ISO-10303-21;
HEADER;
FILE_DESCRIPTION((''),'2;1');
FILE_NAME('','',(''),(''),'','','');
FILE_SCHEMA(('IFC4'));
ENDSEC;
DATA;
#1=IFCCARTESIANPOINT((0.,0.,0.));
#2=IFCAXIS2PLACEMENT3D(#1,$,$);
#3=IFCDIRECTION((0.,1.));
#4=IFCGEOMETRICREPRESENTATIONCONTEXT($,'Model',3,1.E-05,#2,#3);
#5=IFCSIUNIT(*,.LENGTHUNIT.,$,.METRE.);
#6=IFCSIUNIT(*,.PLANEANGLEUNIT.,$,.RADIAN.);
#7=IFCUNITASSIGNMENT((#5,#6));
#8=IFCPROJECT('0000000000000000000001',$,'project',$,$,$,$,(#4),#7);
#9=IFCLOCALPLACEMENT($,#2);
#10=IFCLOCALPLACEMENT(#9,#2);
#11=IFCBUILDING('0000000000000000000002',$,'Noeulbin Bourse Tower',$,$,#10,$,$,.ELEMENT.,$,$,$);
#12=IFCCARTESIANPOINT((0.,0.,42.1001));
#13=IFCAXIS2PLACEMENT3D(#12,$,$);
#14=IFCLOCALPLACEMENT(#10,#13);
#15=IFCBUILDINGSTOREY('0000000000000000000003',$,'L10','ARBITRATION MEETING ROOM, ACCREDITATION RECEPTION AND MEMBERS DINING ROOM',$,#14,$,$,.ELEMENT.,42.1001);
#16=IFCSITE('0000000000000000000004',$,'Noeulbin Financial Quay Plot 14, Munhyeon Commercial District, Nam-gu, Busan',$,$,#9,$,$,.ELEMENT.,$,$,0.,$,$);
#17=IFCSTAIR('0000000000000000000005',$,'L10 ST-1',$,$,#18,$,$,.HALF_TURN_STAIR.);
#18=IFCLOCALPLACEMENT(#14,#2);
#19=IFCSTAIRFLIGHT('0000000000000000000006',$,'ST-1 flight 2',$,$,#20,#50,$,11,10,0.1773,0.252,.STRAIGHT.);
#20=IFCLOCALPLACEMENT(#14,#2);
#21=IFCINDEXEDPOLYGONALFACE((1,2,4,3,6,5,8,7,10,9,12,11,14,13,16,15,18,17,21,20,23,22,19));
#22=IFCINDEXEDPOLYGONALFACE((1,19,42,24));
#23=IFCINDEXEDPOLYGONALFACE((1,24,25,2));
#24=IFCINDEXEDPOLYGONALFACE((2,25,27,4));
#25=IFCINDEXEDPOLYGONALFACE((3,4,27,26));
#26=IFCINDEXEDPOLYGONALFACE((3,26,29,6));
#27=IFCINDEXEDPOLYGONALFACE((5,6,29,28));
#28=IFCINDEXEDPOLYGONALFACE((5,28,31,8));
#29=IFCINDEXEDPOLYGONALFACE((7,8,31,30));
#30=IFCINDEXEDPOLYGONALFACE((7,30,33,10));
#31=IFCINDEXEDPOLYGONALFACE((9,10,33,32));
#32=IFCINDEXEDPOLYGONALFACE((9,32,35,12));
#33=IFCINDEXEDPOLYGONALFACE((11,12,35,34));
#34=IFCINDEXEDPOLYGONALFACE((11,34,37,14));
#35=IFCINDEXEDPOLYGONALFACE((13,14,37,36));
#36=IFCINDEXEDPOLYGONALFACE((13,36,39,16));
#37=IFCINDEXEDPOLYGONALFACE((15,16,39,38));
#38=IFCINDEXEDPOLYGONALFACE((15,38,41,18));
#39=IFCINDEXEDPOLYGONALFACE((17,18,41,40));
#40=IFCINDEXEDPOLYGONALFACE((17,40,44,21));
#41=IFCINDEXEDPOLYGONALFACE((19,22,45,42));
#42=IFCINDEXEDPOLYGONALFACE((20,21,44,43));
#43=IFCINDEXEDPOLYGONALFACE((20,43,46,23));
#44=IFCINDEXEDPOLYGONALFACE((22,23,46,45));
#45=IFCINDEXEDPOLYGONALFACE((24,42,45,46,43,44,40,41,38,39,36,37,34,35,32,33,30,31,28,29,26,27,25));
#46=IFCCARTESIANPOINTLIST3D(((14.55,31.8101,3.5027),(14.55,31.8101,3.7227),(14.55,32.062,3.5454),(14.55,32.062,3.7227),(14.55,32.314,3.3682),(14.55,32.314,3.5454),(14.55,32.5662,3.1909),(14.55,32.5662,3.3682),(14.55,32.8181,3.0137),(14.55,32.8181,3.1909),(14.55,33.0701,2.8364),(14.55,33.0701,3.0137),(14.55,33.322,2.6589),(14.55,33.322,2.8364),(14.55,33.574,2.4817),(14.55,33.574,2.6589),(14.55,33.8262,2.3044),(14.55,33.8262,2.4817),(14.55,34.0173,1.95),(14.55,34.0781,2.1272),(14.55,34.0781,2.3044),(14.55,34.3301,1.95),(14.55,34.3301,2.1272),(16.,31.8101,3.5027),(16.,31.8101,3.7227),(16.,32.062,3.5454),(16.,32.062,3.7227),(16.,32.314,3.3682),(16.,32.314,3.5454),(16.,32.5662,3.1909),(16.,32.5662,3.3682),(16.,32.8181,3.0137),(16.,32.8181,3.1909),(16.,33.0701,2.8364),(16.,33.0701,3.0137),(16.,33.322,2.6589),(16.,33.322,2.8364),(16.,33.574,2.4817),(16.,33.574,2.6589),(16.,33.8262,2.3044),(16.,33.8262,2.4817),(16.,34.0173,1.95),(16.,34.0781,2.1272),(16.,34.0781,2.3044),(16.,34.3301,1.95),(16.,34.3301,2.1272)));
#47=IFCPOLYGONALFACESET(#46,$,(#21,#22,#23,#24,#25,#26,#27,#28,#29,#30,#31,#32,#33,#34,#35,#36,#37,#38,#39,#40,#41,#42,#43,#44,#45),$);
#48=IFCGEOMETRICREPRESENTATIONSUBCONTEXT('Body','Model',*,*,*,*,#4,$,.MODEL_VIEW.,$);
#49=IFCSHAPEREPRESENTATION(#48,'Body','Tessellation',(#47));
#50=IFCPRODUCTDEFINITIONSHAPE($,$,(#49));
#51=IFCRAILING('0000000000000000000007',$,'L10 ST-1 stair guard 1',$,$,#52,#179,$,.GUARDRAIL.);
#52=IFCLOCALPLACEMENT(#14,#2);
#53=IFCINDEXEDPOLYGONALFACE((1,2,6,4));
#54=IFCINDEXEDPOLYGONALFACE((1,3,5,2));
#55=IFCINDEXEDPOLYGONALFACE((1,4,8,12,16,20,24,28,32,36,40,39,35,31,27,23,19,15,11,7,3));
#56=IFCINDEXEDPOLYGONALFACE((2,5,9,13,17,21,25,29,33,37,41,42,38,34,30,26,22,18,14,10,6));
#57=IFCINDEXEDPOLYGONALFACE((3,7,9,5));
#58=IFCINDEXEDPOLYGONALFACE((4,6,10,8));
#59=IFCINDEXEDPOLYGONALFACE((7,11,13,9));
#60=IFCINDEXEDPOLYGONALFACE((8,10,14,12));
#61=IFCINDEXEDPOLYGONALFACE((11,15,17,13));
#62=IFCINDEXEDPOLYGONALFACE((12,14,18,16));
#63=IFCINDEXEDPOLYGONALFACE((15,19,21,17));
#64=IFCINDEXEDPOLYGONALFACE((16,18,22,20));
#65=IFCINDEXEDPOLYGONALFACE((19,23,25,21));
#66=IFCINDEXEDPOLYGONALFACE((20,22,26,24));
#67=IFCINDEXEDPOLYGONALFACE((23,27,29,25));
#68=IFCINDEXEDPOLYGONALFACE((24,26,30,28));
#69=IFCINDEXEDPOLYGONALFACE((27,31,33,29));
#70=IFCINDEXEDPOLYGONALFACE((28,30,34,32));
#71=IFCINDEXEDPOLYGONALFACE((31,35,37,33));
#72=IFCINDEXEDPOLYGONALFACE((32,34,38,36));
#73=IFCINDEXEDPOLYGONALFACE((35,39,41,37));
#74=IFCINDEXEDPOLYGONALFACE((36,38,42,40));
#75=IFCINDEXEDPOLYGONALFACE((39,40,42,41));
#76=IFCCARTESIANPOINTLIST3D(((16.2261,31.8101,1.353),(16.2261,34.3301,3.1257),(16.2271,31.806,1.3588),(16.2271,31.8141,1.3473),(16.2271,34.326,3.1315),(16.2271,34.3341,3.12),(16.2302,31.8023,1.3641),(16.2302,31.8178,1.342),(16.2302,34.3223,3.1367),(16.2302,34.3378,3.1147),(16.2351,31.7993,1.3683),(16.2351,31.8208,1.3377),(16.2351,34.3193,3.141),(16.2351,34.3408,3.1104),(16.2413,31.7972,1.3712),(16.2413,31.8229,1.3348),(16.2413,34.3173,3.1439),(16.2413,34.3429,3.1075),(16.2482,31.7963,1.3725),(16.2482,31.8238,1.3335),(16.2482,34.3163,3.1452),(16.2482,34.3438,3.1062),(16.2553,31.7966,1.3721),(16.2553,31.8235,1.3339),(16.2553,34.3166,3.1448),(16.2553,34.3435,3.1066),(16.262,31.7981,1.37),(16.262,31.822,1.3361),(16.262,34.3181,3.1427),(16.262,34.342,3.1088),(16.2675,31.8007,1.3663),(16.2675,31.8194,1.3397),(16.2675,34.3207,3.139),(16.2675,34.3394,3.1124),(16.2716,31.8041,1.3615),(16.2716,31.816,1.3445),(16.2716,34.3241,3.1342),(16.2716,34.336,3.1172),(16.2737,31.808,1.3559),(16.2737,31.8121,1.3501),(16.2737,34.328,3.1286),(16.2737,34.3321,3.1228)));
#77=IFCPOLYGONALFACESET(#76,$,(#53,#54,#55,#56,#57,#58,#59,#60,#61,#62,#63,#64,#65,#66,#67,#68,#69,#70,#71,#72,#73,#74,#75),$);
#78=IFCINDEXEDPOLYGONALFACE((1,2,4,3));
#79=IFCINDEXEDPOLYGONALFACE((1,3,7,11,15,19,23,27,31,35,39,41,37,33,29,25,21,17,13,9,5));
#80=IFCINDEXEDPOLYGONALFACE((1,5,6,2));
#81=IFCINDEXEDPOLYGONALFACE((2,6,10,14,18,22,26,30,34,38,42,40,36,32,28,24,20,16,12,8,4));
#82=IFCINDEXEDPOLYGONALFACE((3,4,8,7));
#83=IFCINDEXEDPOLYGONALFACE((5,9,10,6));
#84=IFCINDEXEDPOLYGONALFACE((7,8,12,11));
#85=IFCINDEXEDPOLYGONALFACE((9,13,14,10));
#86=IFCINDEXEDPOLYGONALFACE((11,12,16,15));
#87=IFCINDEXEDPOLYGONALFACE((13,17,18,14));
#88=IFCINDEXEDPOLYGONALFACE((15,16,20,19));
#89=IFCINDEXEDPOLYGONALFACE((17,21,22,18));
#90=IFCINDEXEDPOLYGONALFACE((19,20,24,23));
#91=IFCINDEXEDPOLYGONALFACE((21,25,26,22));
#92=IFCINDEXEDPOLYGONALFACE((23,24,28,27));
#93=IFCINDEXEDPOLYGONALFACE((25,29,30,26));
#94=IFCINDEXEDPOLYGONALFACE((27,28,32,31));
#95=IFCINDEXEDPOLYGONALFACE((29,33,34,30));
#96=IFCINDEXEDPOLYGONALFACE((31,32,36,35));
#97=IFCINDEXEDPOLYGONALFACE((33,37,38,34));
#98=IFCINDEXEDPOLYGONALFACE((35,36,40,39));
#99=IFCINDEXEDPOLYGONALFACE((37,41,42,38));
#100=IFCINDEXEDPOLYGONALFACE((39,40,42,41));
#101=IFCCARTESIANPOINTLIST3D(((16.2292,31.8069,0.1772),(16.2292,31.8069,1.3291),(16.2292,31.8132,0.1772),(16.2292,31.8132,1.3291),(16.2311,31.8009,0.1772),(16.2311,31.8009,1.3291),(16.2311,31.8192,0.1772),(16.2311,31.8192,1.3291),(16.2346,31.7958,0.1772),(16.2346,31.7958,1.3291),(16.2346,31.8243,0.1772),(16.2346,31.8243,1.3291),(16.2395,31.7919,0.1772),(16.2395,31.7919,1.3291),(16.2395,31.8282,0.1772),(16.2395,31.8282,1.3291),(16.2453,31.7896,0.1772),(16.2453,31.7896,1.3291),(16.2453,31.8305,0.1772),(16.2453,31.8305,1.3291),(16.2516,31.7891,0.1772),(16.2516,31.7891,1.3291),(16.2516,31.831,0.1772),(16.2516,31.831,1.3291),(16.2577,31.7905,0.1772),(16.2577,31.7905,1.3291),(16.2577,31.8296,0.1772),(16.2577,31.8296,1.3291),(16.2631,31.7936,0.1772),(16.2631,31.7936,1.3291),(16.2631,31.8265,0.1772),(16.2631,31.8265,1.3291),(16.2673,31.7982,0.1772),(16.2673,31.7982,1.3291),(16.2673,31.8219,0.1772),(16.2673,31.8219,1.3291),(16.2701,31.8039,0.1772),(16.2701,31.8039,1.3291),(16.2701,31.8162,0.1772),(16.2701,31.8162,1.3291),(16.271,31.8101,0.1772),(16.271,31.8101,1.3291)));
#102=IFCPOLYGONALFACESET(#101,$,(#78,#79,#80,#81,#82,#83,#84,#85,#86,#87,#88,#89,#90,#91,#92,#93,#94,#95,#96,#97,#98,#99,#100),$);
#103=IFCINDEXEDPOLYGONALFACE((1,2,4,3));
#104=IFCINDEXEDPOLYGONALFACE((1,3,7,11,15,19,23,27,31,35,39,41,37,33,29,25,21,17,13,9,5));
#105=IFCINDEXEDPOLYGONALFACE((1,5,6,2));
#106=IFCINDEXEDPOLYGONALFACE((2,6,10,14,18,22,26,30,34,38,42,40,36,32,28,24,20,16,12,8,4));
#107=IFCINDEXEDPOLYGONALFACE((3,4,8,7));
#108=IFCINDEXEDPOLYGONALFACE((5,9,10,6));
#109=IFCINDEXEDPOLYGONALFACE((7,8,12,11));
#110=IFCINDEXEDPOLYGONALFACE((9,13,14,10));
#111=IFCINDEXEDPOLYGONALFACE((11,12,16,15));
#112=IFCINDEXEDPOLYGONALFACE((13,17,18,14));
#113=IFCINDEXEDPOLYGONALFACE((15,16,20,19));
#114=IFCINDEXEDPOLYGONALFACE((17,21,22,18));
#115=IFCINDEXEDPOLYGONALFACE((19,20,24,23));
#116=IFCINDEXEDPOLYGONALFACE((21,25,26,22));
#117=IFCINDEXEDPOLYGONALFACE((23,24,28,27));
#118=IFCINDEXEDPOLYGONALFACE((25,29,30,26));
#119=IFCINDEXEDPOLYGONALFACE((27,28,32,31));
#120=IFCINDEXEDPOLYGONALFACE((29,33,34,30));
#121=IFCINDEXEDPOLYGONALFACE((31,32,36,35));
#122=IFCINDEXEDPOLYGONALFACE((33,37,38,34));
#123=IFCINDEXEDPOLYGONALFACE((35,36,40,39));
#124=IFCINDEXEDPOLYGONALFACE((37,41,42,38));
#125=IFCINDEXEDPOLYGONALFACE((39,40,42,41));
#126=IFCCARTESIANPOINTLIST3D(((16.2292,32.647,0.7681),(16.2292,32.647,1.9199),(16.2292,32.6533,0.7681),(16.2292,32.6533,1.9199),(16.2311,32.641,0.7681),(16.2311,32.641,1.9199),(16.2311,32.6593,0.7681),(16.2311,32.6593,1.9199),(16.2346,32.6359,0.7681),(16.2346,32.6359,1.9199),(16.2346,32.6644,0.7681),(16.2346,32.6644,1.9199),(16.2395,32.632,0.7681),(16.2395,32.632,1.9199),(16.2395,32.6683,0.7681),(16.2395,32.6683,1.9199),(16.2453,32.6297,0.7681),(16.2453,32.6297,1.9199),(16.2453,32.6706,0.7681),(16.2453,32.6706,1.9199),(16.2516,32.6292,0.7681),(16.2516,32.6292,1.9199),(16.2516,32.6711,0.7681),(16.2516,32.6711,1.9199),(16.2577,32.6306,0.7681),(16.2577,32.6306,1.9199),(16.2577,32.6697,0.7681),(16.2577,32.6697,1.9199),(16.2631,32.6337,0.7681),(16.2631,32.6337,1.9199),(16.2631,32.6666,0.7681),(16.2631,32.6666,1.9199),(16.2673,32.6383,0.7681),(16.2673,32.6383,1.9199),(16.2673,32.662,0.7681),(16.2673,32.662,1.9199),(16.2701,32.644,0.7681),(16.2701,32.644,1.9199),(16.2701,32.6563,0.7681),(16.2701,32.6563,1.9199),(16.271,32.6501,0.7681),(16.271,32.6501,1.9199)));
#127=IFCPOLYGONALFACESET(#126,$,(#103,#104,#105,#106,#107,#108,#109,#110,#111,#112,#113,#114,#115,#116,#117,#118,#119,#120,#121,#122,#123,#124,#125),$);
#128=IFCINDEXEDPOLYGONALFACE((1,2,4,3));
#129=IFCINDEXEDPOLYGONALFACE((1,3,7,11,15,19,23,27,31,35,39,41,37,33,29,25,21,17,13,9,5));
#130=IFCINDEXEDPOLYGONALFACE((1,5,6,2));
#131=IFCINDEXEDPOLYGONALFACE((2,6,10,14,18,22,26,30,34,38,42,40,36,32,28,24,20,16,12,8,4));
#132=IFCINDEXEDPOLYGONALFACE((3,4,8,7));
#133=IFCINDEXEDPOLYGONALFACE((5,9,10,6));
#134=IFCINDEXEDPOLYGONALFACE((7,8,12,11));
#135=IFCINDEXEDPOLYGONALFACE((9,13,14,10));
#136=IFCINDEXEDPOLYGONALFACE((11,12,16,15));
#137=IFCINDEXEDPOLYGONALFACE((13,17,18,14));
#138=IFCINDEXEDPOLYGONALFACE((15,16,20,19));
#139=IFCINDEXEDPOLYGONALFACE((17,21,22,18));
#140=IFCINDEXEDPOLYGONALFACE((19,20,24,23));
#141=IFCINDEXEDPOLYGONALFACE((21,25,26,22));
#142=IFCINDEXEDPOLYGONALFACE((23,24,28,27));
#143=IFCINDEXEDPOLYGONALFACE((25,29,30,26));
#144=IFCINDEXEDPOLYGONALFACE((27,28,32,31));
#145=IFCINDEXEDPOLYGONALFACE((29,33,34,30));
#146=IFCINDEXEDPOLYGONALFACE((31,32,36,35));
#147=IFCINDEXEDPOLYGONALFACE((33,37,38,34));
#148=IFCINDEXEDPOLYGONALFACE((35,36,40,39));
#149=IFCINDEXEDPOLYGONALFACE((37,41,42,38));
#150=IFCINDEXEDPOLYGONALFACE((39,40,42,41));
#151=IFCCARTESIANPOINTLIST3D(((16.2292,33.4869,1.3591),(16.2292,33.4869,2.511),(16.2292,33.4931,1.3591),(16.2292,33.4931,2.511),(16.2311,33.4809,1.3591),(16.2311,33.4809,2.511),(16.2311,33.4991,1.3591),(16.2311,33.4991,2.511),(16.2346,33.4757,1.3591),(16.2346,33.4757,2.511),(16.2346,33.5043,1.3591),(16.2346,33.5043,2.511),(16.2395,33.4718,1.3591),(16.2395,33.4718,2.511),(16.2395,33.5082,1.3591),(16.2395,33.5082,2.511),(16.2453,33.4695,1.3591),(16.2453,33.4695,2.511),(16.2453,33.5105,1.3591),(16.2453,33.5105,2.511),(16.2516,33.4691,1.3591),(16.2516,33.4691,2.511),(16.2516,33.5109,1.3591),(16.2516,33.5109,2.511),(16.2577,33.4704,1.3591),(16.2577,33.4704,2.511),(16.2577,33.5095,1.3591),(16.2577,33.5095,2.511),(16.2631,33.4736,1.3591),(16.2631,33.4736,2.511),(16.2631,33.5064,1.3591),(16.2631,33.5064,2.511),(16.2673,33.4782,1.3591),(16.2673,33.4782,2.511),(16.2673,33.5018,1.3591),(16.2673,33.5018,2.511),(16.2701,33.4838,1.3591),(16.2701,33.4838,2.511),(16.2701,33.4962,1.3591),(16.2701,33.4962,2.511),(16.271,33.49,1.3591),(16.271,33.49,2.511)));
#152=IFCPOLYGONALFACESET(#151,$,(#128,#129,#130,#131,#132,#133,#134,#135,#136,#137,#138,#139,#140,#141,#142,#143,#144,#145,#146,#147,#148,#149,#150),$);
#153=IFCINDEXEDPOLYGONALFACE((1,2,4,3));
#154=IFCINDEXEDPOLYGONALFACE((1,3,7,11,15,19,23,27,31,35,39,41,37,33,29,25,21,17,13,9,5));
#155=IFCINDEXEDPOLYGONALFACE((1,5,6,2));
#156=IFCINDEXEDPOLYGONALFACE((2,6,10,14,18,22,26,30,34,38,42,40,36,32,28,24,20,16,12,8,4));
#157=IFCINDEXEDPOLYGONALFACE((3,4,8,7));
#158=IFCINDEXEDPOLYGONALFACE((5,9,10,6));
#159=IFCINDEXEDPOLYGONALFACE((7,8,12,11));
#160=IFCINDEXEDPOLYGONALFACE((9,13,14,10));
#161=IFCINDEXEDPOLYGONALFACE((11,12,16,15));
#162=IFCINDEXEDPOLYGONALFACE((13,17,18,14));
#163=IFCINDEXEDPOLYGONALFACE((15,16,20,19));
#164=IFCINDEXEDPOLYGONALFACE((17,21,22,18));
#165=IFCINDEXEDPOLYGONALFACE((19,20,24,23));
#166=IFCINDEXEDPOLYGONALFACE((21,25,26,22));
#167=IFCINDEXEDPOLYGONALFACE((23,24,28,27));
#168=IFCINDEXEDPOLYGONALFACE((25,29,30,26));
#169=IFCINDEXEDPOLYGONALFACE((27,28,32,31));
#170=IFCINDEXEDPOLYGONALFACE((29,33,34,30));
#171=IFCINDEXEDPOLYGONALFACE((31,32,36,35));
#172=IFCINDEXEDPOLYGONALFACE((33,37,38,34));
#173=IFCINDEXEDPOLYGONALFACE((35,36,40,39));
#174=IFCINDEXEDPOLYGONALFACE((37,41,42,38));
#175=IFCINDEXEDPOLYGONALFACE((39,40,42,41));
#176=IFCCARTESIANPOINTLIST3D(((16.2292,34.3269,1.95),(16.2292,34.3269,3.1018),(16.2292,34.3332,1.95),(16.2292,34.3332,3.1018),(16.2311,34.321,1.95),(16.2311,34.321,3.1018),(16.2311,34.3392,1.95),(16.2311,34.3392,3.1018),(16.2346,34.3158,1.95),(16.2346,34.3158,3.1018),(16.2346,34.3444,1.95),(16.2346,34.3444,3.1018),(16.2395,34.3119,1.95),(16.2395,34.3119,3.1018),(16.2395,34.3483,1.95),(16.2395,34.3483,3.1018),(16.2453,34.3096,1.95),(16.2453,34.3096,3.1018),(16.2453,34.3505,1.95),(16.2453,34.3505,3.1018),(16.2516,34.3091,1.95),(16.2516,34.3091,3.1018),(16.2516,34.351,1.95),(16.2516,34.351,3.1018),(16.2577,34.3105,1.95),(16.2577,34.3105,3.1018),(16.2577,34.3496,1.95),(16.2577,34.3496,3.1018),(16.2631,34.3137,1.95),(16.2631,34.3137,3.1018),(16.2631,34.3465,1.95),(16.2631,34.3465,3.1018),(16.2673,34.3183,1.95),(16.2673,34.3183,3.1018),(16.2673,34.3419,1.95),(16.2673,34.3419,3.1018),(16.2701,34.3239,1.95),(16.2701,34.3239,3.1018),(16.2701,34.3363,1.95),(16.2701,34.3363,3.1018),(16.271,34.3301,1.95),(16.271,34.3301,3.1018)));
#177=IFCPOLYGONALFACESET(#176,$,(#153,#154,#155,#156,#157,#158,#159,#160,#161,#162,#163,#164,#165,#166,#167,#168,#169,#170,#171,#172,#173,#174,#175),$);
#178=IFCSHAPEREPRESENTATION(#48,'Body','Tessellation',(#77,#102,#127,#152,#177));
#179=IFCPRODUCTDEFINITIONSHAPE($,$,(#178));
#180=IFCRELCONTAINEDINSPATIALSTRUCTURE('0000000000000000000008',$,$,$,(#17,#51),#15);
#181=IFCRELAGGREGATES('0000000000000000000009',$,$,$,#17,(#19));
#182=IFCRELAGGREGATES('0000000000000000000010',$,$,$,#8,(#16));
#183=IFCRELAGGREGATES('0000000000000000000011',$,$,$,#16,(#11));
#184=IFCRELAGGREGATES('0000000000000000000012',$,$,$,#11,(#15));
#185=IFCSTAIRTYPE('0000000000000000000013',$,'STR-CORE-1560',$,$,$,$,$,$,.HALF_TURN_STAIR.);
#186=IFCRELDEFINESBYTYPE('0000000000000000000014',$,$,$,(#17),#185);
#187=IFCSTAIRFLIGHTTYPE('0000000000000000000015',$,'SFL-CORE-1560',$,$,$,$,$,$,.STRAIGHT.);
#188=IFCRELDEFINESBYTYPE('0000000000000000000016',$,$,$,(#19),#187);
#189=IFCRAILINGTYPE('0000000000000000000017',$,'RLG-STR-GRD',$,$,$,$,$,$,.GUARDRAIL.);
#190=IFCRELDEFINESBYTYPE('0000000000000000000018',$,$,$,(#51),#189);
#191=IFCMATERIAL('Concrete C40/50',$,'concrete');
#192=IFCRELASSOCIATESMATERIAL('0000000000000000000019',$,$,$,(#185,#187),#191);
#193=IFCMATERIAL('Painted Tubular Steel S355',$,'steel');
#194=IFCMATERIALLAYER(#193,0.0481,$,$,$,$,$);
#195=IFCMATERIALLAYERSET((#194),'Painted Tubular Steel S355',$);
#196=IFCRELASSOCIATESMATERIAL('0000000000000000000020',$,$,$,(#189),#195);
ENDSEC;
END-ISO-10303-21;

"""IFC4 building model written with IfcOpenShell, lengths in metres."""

from ifc_helpers import new_model, si_unit, direction, frame, origin, origin_2d, place, context, subcontext, project, spatial, polyline, circle, outline, extrude, material, layer, layer_set, type_object, element, aggregate, save


model = new_model("IFC4")

# Units and contexts
model_context = context("Model", 3, precision=1e-05, world=origin(), true_north=direction((0.0, 1.0)))
body_context = subcontext(model_context, "Body", "Model", "MODEL_VIEW")
ifc_project = project(units=[si_unit("LENGTHUNIT", "METRE"), si_unit("PLANEANGLEUNIT", "RADIAN")], contexts=[model_context])

# Site, building, storey
site_placement = place(None, origin())
site = spatial("IfcSite", under=ifc_project, at=site_placement, Name="Noeulbin Financial Quay Plot 14, Munhyeon Commercial District, Nam-gu, Busan", CompositionType="ELEMENT", RefElevation=0.0)
building_placement = place(site_placement, origin())
building = spatial("IfcBuilding", under=site, at=building_placement, Name="Noeulbin Bourse Tower", CompositionType="ELEMENT")
storey_placement = place(building_placement, frame((0.0, 0.0, 42.1001)))
storey = spatial("IfcBuildingStorey", under=building, at=storey_placement, Name="L10", Description="ARBITRATION MEETING ROOM, ACCREDITATION RECEPTION AND MEMBERS DINING ROOM", CompositionType="ELEMENT", Elevation=42.1001)

# Shared definitions
ifc_material_1 = material(Name="Concrete C40/50", Category="concrete")

# Stair, stair flight
stair_type = type_object("IfcStairType", Name="STR-CORE-1560", PredefinedType="HALF_TURN_STAIR", material=ifc_material_1)
stair_placement = place(storey_placement, origin())
stair = element("IfcStair", 1, at=stair_placement, inside=storey, type_object=stair_type, Name="L10 ST-1", PredefinedType="HALF_TURN_STAIR")
stair_flight_type = type_object("IfcStairFlightType", Name="SFL-CORE-1560", PredefinedType="STRAIGHT", material=ifc_material_1)
stair_flight_1_placement = place(storey_placement, frame((15.2749, 34.3301, 1.95), z_axis=(0.0, 0.0, 1.0), x_axis=(0.0, -1.0, 0.0)))
stair_flight_1 = element("IfcStairFlight", 2, at=stair_flight_1_placement, type_object=stair_flight_type, Name="ST-1 flight 2", NumberOfRisers=11, NumberOfTreads=10, PredefinedType="STRAIGHT", RiserHeight=0.1773, TreadLength=0.252, context=body_context, shape_type="SweptSolid", body=[
    extrude(outline(polyline([(0.0, 0.0), (0.0, 0.1772), (0.252, 0.1772), (0.252, 0.3545), (0.5039, 0.3545), (0.5039, 0.5317), (0.7561, 0.5317), (0.7561, 0.709), (1.0081, 0.709), (1.0081, 0.8865), (1.26, 0.8865), (1.26, 1.0637), (1.512, 1.0637), (1.512, 1.241), (1.7639, 1.241), (1.7639, 1.4182), (2.0161, 1.4182), (2.0161, 1.5955), (2.2681, 1.5955), (2.2681, 1.7727), (2.52, 1.7727), (2.52, 1.95), (2.52, 1.5527), (0.3127, 0.0), (0.0, 0.0)])), frame((0.0, 0.7251, 0.0), z_axis=(0.0, -1.0, 0.0), x_axis=(1.0, 0.0, 0.0)), (0.0, 0.0, 1.0), 1.45),
])
aggregate(stair, [stair_flight_1])

# Railing
ifc_material_2 = material(Name="Painted Tubular Steel S355", Category="steel")
ifc_layer_1 = layer(ifc_material_2, 0.0481)
ifc_layer_set_1 = layer_set([ifc_layer_1], Name="Painted Tubular Steel S355")
railing_type_1 = type_object("IfcRailingType", Name="RLG-STR-GRD", PredefinedType="GUARDRAIL", material=ifc_layer_set_1)
railing_1_placement = place(storey_placement, frame((16.25, 31.8101, 0.1772)))
element("IfcRailing", 3, at=railing_1_placement, inside=storey, type_object=railing_type_1, Name="L10 ST-1 stair guard 1", PredefinedType="GUARDRAIL", context=body_context, shape_type="SweptSolid", body=[
    extrude(circle(Radius=0.0239, at=origin_2d()), frame((0.0, 0.0, 1.1758), z_axis=(0.0, 0.817904, 0.575354), x_axis=(-1.0, 0.0, 0.0)), (0.0, 0.0, 1.0), 3.0811),
    extrude(circle(Radius=0.021, at=origin_2d()), origin(), (0.0, 0.0, 1.0), 1.1519),
    extrude(circle(Radius=0.021, at=origin_2d()), frame((0.0, 0.8401, 0.5908)), (0.0, 0.0, 1.0), 1.1519),
    extrude(circle(Radius=0.021, at=origin_2d()), frame((0.0, 1.6799, 1.1819)), (0.0, 0.0, 1.0), 1.1519),
    extrude(circle(Radius=0.021, at=origin_2d()), frame((0.0, 2.52, 1.7727)), (0.0, 0.0, 1.0), 1.1519),
])

save(model, "model.ifc")
